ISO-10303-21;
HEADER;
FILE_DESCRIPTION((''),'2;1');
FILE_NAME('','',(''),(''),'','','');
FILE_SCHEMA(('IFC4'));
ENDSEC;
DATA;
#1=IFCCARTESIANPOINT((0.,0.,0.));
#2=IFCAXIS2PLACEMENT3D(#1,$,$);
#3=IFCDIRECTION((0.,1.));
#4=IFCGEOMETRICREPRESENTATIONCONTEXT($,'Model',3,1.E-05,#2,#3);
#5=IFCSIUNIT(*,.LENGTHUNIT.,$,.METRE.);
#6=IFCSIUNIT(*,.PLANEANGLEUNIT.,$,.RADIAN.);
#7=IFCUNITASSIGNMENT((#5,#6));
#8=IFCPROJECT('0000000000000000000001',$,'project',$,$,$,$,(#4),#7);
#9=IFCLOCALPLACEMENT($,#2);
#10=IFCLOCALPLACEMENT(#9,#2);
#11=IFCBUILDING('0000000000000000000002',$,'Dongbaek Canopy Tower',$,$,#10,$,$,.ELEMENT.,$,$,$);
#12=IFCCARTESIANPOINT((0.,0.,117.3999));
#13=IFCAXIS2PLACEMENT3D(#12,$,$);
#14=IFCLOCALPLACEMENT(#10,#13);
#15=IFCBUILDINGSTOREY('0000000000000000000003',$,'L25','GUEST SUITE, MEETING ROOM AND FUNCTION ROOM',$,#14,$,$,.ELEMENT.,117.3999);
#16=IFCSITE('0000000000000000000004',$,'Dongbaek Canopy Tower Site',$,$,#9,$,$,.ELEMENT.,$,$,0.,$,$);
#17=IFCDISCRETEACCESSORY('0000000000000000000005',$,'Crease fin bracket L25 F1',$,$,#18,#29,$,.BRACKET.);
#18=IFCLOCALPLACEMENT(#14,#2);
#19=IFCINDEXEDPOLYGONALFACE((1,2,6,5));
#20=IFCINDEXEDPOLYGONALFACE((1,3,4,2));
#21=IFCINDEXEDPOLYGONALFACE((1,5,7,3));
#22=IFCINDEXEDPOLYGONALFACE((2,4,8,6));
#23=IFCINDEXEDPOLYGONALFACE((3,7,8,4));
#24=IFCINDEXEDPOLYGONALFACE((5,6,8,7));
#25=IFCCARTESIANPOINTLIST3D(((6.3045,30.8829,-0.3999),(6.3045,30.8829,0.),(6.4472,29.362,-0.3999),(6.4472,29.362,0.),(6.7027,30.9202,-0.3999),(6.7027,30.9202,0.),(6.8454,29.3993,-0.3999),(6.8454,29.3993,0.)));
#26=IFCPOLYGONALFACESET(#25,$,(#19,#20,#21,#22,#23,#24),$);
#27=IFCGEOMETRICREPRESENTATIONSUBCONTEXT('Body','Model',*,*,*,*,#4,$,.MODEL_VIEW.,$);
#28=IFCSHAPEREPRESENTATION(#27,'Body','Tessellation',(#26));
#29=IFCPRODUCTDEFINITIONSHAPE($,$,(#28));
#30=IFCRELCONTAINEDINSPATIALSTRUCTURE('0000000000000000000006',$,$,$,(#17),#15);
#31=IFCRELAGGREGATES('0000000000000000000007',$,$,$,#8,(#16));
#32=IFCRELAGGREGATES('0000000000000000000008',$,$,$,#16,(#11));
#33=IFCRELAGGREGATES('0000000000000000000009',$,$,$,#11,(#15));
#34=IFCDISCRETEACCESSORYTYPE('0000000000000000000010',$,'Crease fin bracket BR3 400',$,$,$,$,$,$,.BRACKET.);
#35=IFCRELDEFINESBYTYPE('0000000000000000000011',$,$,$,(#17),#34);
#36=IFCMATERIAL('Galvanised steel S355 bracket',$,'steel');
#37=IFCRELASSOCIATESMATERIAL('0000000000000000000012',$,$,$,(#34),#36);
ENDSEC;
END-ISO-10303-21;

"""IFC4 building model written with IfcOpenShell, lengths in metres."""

from ifc_helpers import new_model, si_unit, direction, frame, origin, origin_2d, place, context, subcontext, project, spatial, rectangle, extrude, material, type_object, element, save


model = new_model("IFC4")

# Units and contexts
model_context = context("Model", 3, precision=1e-05, world=origin(), true_north=direction((0.0, 1.0)))
body_context = subcontext(model_context, "Body", "Model", "MODEL_VIEW")
ifc_project = project(units=[si_unit("LENGTHUNIT", "METRE"), si_unit("PLANEANGLEUNIT", "RADIAN")], contexts=[model_context])

# Site, building, storey
site_placement = place(None, origin())
site = spatial("IfcSite", under=ifc_project, at=site_placement, Name="Dongbaek Canopy Tower Site", CompositionType="ELEMENT", RefElevation=0.0)
building_placement = place(site_placement, origin())
building = spatial("IfcBuilding", under=site, at=building_placement, Name="Dongbaek Canopy Tower", CompositionType="ELEMENT")
storey_placement = place(building_placement, frame((0.0, 0.0, 117.3999)))
storey = spatial("IfcBuildingStorey", under=building, at=storey_placement, Name="L25", Description="GUEST SUITE, MEETING ROOM AND FUNCTION ROOM", CompositionType="ELEMENT", Elevation=117.3999)

# Discrete accessory
ifc_material_1 = material(Name="Galvanised steel S355 bracket", Category="steel")
discrete_accessory_type = type_object("IfcDiscreteAccessoryType", Name="Crease fin bracket BR3 400", PredefinedType="BRACKET", material=ifc_material_1)
discrete_accessory_placement = place(storey_placement, frame((6.575, 30.1411, -0.3999), z_axis=(0.0, 0.0, 1.0), x_axis=(-0.093398, 0.995629, 0.0)))
element("IfcDiscreteAccessory", 1, at=discrete_accessory_placement, inside=storey, type_object=discrete_accessory_type, Name="Crease fin bracket L25 F1", PredefinedType="BRACKET", context=body_context, shape_type="SweptSolid", body=[
    extrude(rectangle(XDim=1.5276, YDim=0.3999, at=origin_2d()), origin(), (0.0, 0.0, 1.0), 0.3999),
])

save(model, "model.ifc")
